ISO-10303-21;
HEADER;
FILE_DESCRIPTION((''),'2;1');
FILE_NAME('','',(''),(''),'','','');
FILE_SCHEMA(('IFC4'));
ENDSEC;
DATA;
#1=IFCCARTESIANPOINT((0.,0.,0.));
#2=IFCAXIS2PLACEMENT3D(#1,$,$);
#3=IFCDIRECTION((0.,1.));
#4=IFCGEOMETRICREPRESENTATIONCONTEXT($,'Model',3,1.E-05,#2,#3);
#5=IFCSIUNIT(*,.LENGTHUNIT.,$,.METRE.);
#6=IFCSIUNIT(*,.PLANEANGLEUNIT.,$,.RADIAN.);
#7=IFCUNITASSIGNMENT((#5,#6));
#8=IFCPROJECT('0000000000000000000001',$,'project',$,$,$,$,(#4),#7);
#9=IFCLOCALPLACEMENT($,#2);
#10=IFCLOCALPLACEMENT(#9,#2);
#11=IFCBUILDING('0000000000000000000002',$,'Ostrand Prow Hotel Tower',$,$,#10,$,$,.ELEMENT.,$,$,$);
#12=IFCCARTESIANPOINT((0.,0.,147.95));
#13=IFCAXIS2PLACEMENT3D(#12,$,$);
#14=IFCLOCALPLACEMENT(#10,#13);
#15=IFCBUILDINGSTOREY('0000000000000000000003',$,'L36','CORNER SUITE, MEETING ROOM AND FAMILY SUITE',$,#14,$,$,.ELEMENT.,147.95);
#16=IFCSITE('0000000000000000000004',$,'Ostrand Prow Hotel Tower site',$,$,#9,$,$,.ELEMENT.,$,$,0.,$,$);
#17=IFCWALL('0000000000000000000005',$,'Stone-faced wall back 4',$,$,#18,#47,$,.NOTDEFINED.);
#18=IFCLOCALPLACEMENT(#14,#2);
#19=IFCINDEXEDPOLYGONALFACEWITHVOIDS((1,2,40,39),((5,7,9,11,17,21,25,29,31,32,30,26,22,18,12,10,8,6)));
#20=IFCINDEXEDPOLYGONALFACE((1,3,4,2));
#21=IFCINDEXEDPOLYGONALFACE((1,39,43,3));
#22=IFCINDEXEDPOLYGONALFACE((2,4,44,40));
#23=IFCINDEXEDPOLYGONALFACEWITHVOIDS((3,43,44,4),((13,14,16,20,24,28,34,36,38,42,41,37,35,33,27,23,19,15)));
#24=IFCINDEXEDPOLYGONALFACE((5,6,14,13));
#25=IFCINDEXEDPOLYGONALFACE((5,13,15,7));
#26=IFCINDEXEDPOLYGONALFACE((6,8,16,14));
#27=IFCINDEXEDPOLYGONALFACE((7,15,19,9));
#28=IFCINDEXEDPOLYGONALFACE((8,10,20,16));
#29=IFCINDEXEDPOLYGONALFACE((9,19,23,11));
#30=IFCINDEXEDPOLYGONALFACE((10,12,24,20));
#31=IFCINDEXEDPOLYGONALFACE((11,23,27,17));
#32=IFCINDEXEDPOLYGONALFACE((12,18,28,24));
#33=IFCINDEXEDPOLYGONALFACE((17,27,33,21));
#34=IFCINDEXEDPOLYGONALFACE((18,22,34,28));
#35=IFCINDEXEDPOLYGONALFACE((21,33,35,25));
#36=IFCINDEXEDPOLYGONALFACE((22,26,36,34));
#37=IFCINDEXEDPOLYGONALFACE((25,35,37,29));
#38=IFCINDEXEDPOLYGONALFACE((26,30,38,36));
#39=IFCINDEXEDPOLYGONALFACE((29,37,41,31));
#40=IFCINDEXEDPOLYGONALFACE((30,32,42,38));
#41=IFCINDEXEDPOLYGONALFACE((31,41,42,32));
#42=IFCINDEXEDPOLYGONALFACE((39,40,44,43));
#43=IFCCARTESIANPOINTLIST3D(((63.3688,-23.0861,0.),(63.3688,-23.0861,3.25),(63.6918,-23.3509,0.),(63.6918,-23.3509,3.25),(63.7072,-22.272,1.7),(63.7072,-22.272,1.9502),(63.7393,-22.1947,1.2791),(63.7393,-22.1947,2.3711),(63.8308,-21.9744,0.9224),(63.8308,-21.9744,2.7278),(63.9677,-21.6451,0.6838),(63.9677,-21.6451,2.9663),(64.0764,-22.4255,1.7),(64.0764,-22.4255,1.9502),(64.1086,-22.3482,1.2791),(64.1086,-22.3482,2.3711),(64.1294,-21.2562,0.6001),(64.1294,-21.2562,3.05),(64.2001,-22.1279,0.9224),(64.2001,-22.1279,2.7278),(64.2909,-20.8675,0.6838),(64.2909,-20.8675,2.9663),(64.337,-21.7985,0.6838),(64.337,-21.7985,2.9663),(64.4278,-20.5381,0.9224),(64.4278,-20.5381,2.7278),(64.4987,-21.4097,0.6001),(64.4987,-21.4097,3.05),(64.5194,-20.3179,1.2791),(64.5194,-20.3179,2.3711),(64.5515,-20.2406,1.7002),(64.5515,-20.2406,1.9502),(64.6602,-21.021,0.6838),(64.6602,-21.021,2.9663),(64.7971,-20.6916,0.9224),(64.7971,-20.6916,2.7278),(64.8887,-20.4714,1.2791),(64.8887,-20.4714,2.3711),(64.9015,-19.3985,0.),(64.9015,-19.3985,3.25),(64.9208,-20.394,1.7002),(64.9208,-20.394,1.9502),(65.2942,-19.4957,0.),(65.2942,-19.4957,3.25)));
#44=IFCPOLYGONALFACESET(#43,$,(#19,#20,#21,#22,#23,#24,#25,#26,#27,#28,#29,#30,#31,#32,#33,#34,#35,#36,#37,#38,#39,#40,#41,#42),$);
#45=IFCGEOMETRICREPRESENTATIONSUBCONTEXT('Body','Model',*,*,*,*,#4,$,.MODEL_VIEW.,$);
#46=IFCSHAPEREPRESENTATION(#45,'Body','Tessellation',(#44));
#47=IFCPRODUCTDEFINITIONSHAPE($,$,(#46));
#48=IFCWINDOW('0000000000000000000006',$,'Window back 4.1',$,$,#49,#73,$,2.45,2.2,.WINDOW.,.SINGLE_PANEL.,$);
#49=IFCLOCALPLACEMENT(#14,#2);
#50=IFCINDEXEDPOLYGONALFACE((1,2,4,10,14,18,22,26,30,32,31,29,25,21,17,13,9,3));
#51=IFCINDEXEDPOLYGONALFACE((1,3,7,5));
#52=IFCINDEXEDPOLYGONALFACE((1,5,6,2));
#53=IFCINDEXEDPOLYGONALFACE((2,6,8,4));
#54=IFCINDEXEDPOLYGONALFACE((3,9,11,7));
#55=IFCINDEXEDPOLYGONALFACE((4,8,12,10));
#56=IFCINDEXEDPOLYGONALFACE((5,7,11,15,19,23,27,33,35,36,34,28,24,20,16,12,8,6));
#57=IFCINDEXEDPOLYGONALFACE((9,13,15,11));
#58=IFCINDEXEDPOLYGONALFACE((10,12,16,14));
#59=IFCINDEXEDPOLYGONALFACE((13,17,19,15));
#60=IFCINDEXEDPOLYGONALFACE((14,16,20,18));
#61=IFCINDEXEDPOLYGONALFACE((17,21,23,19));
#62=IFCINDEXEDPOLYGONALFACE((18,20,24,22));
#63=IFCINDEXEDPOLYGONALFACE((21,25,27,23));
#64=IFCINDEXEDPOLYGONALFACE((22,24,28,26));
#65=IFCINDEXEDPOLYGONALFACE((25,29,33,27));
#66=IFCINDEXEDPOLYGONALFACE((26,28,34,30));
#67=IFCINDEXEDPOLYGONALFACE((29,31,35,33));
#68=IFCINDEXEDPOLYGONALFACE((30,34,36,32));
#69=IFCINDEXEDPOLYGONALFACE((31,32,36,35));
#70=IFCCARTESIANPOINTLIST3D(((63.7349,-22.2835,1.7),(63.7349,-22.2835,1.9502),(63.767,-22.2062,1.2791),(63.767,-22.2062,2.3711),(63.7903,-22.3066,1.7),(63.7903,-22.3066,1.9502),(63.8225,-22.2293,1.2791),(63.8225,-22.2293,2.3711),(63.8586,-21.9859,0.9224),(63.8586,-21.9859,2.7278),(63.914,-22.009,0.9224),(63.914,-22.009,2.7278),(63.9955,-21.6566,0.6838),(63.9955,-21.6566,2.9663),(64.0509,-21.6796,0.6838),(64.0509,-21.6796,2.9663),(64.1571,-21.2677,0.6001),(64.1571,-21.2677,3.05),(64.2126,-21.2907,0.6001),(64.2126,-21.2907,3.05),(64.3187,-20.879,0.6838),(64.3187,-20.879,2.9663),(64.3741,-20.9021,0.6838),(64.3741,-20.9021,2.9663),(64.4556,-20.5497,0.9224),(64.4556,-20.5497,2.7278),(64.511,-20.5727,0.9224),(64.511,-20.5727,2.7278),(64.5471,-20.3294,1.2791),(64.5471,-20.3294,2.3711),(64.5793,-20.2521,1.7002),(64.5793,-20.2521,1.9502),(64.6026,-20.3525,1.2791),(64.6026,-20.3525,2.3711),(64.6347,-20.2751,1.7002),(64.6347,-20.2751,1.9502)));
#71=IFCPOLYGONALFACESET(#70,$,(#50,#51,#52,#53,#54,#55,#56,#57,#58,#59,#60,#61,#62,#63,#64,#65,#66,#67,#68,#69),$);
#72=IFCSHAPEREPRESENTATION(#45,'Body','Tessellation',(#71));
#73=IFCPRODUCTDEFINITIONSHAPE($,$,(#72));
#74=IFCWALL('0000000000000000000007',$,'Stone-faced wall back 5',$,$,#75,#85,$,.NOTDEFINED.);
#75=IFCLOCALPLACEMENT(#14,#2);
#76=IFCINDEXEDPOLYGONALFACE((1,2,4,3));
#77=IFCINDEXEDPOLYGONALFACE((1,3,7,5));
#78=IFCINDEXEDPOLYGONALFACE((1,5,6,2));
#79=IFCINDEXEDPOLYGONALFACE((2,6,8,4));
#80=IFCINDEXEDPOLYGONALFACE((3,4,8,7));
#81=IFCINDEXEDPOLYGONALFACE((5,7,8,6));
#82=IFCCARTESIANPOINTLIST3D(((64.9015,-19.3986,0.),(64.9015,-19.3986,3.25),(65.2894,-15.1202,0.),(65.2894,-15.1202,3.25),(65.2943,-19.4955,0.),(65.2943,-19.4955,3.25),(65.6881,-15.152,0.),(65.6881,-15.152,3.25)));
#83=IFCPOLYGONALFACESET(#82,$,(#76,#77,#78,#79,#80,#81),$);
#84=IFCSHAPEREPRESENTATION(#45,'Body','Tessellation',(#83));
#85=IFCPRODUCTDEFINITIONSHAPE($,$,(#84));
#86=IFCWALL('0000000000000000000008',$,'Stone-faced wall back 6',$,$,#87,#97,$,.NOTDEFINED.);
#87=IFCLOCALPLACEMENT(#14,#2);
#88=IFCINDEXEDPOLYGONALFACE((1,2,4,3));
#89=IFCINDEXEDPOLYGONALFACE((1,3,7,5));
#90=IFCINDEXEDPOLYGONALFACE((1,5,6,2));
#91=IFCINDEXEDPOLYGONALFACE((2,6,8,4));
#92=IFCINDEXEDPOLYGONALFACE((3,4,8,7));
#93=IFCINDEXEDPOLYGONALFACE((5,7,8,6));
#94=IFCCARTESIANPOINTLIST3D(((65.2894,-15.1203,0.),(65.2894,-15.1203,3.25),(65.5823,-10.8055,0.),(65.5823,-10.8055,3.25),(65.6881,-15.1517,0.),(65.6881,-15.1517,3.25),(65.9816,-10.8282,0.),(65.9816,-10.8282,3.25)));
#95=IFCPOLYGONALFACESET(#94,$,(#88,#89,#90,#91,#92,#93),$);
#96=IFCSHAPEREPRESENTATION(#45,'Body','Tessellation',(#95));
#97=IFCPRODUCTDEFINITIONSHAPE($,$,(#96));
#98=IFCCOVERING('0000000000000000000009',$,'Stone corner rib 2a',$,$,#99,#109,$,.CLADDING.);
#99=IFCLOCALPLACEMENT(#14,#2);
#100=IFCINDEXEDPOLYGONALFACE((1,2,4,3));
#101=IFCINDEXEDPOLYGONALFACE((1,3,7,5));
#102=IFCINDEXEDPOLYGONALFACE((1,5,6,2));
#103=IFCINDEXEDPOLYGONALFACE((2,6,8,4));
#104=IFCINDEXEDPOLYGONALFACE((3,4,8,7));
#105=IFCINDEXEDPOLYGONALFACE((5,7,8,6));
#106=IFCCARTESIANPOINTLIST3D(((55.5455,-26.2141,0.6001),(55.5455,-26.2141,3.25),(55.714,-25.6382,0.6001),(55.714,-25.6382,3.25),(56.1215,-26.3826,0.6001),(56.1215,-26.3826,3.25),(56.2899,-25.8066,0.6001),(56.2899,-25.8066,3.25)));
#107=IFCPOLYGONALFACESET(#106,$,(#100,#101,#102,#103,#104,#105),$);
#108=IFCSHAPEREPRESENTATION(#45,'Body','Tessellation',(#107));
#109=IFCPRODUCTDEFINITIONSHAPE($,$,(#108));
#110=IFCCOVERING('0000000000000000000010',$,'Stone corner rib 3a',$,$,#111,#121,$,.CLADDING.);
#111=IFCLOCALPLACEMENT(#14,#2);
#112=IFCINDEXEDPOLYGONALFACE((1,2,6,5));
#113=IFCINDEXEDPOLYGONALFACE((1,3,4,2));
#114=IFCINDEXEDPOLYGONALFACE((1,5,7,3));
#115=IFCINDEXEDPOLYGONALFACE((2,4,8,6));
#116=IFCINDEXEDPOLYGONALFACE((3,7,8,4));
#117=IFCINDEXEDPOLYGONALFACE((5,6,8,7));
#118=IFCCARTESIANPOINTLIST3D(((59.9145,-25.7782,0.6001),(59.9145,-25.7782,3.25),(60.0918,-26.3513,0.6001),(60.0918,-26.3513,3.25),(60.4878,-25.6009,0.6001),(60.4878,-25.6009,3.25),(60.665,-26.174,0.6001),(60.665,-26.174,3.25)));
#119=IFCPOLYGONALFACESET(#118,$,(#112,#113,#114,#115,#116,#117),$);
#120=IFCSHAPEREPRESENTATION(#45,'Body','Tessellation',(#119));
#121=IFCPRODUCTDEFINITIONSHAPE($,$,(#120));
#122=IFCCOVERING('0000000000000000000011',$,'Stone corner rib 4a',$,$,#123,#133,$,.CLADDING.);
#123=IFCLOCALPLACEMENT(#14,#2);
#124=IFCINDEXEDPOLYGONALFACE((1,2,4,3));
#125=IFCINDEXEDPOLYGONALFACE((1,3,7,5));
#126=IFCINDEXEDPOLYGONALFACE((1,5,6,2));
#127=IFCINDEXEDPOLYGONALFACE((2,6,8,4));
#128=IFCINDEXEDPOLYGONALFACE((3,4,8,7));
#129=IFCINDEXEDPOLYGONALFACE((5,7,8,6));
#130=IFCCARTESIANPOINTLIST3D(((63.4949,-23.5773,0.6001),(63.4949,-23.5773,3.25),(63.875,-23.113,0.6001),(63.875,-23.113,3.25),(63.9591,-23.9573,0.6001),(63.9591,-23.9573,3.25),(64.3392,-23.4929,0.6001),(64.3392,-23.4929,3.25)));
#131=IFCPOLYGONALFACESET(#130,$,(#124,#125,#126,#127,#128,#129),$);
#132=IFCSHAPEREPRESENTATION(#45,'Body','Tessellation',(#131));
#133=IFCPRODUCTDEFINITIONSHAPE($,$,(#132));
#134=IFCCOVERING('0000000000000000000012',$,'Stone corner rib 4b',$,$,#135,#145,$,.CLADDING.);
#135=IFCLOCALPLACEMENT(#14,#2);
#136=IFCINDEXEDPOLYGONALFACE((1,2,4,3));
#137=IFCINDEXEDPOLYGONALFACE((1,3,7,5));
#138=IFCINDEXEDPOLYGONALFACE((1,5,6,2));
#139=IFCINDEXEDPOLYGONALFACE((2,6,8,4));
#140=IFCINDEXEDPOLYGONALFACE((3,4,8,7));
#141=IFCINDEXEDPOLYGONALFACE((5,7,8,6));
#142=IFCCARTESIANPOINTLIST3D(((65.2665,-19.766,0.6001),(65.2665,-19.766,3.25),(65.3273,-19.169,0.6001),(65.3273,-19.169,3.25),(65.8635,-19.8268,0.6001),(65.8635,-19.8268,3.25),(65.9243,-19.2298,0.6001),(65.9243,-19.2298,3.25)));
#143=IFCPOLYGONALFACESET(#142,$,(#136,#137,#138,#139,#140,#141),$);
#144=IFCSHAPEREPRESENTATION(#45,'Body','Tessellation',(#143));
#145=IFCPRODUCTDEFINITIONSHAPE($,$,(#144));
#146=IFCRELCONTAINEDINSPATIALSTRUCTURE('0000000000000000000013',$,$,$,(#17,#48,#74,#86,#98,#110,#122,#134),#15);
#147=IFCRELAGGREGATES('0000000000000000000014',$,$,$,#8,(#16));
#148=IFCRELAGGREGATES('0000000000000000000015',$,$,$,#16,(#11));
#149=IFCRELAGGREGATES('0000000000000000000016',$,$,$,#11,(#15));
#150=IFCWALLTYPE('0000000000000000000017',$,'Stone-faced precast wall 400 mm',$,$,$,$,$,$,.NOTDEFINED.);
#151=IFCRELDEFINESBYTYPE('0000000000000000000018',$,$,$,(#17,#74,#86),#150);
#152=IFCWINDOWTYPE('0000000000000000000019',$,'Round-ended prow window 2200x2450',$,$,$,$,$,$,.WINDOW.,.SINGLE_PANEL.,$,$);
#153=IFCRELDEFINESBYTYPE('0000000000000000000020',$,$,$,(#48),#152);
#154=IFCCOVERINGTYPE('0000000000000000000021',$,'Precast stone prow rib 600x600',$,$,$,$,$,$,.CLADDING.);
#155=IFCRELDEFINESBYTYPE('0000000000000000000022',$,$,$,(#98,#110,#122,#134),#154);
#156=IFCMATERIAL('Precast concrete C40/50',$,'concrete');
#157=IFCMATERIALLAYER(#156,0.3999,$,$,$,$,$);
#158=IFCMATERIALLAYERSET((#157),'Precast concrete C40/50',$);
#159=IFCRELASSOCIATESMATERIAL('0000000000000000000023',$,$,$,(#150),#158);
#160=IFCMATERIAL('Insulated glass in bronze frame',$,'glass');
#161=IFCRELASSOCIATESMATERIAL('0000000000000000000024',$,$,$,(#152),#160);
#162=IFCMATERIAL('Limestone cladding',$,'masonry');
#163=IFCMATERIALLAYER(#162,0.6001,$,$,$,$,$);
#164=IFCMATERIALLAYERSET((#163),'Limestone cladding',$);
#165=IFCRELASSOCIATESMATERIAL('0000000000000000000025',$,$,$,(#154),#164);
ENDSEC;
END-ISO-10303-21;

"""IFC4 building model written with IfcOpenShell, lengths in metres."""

from ifc_helpers import new_model, si_unit, direction, frame, frame_2d, origin, place, context, subcontext, project, spatial, polyline, rectangle, outline, extrude, material, layer, layer_set, type_object, element, fill, save


model = new_model("IFC4")

# Units and contexts
model_context = context("Model", 3, precision=1e-05, world=origin(), true_north=direction((0.0, 1.0)))
body_context = subcontext(model_context, "Body", "Model", "MODEL_VIEW")
ifc_project = project(units=[si_unit("LENGTHUNIT", "METRE"), si_unit("PLANEANGLEUNIT", "RADIAN")], contexts=[model_context])

# Site, building, storey
site_placement = place(None, origin())
site = spatial("IfcSite", under=ifc_project, at=site_placement, Name="Ostrand Prow Hotel Tower site", CompositionType="ELEMENT", RefElevation=0.0)
building_placement = place(site_placement, origin())
building = spatial("IfcBuilding", under=site, at=building_placement, Name="Ostrand Prow Hotel Tower", CompositionType="ELEMENT")
storey_placement = place(building_placement, frame((0.0, 0.0, 147.95)))
storey = spatial("IfcBuildingStorey", under=building, at=storey_placement, Name="L36", Description="CORNER SUITE, MEETING ROOM AND FAMILY SUITE", CompositionType="ELEMENT", Elevation=147.95)

# Wall, opening, window
ifc_material_1 = material(Name="Precast concrete C40/50", Category="concrete")
ifc_layer_1 = layer(ifc_material_1, 0.3999)
ifc_layer_set_1 = layer_set([ifc_layer_1], Name="Precast concrete C40/50")
wall_type_1 = type_object("IfcWallType", Name="Stone-faced precast wall 400 mm", PredefinedType="NOTDEFINED", material=ifc_layer_set_1)
ifc_material_2 = material(Name="Insulated glass in bronze frame", Category="glass")
window_type = type_object("IfcWindowType", Name="Round-ended prow window 2200x2450", PartitioningType="SINGLE_PANEL", PredefinedType="WINDOW", material=ifc_material_2)
wall_1_placement = place(storey_placement, frame((63.5303, -23.2185, 0.0), z_axis=(0.0, 0.0, 1.0), x_axis=(0.383817, 0.923409, 0.0)))
wall_1 = element("IfcWall", 1, at=wall_1_placement, inside=storey, type_object=wall_type_1, Name="Stone-faced wall back 4", PredefinedType="NOTDEFINED", context=body_context, shape_type="SweptSolid", body=[
    extrude(outline(polyline([(-0.0603, -0.2), (4.1147, -0.2), (4.0537, 0.2), (0.0603, 0.2), (-0.0603, -0.2)])), origin(), (0.0, 0.0, 1.0), 3.25),
])
opening_1_placement = place(wall_1_placement, frame((0.9419, 0.0, 0.6001)))
opening_1 = element("IfcOpeningElement", 2, at=opening_1_placement, cuts=wall_1, PredefinedType="OPENING", context=body_context, shape_type="SweptSolid", body=[
    extrude(outline(polyline([(0.0, 1.3501), (0.0837, 1.771), (0.3223, 2.1277), (0.679, 2.3662), (1.1001, 2.45), (1.521, 2.3662), (1.8777, 2.1277), (2.1162, 1.771), (2.2, 1.3501), (2.2, 1.1001), (2.1162, 0.679), (1.8777, 0.3223), (1.521, 0.0837), (1.1001, 0.0), (0.679, 0.0837), (0.3223, 0.3223), (0.0837, 0.679), (0.0, 1.0999), (0.0, 1.3501)])), frame((0.0, 0.21, 0.0), z_axis=(0.0, -1.0, 0.0), x_axis=(1.0, 0.0, 0.0)), (0.0, 0.0, 1.0), 0.4199),
])
window_1_placement = place(opening_1_placement, origin())
window_1 = element("IfcWindow", 3, at=window_1_placement, inside=storey, type_object=window_type, Name="Window back 4.1", OverallHeight=2.45, OverallWidth=2.2, PartitioningType="SINGLE_PANEL", PredefinedType="WINDOW", context=body_context, shape_type="SweptSolid", body=[
    extrude(outline(polyline([(0.0, 1.3501), (0.0837, 1.771), (0.3223, 2.1277), (0.679, 2.3662), (1.1001, 2.45), (1.521, 2.3662), (1.8777, 2.1277), (2.1162, 1.771), (2.2, 1.3501), (2.2, 1.1001), (2.1162, 0.679), (1.8777, 0.3223), (1.521, 0.0837), (1.1001, 0.0), (0.679, 0.0837), (0.3223, 0.3223), (0.0837, 0.679), (0.0, 1.0999), (0.0, 1.3501)])), frame((0.0, 0.1699, 0.0), z_axis=(0.0, -1.0, 0.0), x_axis=(1.0, 0.0, 0.0)), (0.0, 0.0, 1.0), 0.0601),
])
fill(opening_1, window_1)

# Walls
wall_2_placement = place(storey_placement, frame((65.0979, -19.447, 0.0), z_axis=(0.0, 0.0, 1.0), x_axis=(0.090297, 0.995915, 0.0)))
element("IfcWall", 4, at=wall_2_placement, inside=storey, type_object=wall_type_1, Name="Stone-faced wall back 5", PredefinedType="NOTDEFINED", context=body_context, shape_type="SweptSolid", body=[
    extrude(outline(polyline([(-0.0305, -0.2), (4.3308, -0.2), (4.3264, 0.2), (0.0305, 0.2), (-0.0305, -0.2)])), origin(), (0.0, 0.0, 1.0), 3.25),
])
wall_3_placement = place(storey_placement, frame((65.4888, -15.136, 0.0), z_axis=(0.0, 0.0, 1.0), x_axis=(0.067732, 0.997704, 0.0)))
element("IfcWall", 5, at=wall_3_placement, inside=storey, type_object=wall_type_1, Name="Stone-faced wall back 6", PredefinedType="NOTDEFINED", context=body_context, shape_type="SweptSolid", body=[
    extrude(outline(polyline([(-0.0022, -0.2), (4.3313, -0.2), (4.3269, 0.2), (0.0022, 0.2), (-0.0022, -0.2)])), origin(), (0.0, 0.0, 1.0), 3.25),
])

# Coverings
ifc_material_3 = material(Name="Limestone cladding", Category="masonry")
ifc_layer_2 = layer(ifc_material_3, 0.6001)
ifc_layer_set_2 = layer_set([ifc_layer_2], Name="Limestone cladding")
covering_type = type_object("IfcCoveringType", Name="Precast stone prow rib 600x600", PredefinedType="CLADDING", material=ifc_layer_set_2)
covering_1_placement = place(storey_placement, frame((56.002, -25.7224, 0.6001), z_axis=(0.0, 0.0, 1.0), x_axis=(-0.280734, -0.959786, 0.0)))
element("IfcCovering", 6, at=covering_1_placement, inside=storey, type_object=covering_type, Name="Stone corner rib 2a", PredefinedType="CLADDING", context=body_context, shape_type="SweptSolid", body=[
    extrude(rectangle(XDim=0.6001, YDim=0.6001, at=frame_2d((0.3, 0.0))), origin(), (0.0, 0.0, 1.0), 2.6499),
])
for number, where, z_axis, x_axis, name in (
    (7, (60.2012, -25.6897, 0.6001), (0.0, 0.0, 1.0), (0.295516, -0.955338, 0.0), "Stone corner rib 3a"),
    (8, (63.6851, -23.3452, 0.6001), (0.0, 0.0, 1.0), (0.77383, -0.633393, 0.0), "Stone corner rib 4a"),
):
    element("IfcCovering", number, at=place(storey_placement, frame(where, z_axis=z_axis, x_axis=x_axis)), inside=storey, type_object=covering_type, Name=name, PredefinedType="CLADDING", context=body_context, shape_type="SweptSolid", body=[
        extrude(rectangle(XDim=0.5999, YDim=0.6001, at=frame_2d((0.2998, 0.0))), origin(), (0.0, 0.0, 1.0), 2.6499),
    ])
covering_2_placement = place(storey_placement, frame((65.2969, -19.4675, 0.6001), z_axis=(0.0, 0.0, 1.0), x_axis=(0.994854, -0.101316, 0.0)))
element("IfcCovering", 9, at=covering_2_placement, inside=storey, type_object=covering_type, Name="Stone corner rib 4b", PredefinedType="CLADDING", context=body_context, shape_type="SweptSolid", body=[
    extrude(rectangle(XDim=0.6001, YDim=0.6001, at=frame_2d((0.3, 0.0))), origin(), (0.0, 0.0, 1.0), 2.6499),
])

save(model, "model.ifc")
